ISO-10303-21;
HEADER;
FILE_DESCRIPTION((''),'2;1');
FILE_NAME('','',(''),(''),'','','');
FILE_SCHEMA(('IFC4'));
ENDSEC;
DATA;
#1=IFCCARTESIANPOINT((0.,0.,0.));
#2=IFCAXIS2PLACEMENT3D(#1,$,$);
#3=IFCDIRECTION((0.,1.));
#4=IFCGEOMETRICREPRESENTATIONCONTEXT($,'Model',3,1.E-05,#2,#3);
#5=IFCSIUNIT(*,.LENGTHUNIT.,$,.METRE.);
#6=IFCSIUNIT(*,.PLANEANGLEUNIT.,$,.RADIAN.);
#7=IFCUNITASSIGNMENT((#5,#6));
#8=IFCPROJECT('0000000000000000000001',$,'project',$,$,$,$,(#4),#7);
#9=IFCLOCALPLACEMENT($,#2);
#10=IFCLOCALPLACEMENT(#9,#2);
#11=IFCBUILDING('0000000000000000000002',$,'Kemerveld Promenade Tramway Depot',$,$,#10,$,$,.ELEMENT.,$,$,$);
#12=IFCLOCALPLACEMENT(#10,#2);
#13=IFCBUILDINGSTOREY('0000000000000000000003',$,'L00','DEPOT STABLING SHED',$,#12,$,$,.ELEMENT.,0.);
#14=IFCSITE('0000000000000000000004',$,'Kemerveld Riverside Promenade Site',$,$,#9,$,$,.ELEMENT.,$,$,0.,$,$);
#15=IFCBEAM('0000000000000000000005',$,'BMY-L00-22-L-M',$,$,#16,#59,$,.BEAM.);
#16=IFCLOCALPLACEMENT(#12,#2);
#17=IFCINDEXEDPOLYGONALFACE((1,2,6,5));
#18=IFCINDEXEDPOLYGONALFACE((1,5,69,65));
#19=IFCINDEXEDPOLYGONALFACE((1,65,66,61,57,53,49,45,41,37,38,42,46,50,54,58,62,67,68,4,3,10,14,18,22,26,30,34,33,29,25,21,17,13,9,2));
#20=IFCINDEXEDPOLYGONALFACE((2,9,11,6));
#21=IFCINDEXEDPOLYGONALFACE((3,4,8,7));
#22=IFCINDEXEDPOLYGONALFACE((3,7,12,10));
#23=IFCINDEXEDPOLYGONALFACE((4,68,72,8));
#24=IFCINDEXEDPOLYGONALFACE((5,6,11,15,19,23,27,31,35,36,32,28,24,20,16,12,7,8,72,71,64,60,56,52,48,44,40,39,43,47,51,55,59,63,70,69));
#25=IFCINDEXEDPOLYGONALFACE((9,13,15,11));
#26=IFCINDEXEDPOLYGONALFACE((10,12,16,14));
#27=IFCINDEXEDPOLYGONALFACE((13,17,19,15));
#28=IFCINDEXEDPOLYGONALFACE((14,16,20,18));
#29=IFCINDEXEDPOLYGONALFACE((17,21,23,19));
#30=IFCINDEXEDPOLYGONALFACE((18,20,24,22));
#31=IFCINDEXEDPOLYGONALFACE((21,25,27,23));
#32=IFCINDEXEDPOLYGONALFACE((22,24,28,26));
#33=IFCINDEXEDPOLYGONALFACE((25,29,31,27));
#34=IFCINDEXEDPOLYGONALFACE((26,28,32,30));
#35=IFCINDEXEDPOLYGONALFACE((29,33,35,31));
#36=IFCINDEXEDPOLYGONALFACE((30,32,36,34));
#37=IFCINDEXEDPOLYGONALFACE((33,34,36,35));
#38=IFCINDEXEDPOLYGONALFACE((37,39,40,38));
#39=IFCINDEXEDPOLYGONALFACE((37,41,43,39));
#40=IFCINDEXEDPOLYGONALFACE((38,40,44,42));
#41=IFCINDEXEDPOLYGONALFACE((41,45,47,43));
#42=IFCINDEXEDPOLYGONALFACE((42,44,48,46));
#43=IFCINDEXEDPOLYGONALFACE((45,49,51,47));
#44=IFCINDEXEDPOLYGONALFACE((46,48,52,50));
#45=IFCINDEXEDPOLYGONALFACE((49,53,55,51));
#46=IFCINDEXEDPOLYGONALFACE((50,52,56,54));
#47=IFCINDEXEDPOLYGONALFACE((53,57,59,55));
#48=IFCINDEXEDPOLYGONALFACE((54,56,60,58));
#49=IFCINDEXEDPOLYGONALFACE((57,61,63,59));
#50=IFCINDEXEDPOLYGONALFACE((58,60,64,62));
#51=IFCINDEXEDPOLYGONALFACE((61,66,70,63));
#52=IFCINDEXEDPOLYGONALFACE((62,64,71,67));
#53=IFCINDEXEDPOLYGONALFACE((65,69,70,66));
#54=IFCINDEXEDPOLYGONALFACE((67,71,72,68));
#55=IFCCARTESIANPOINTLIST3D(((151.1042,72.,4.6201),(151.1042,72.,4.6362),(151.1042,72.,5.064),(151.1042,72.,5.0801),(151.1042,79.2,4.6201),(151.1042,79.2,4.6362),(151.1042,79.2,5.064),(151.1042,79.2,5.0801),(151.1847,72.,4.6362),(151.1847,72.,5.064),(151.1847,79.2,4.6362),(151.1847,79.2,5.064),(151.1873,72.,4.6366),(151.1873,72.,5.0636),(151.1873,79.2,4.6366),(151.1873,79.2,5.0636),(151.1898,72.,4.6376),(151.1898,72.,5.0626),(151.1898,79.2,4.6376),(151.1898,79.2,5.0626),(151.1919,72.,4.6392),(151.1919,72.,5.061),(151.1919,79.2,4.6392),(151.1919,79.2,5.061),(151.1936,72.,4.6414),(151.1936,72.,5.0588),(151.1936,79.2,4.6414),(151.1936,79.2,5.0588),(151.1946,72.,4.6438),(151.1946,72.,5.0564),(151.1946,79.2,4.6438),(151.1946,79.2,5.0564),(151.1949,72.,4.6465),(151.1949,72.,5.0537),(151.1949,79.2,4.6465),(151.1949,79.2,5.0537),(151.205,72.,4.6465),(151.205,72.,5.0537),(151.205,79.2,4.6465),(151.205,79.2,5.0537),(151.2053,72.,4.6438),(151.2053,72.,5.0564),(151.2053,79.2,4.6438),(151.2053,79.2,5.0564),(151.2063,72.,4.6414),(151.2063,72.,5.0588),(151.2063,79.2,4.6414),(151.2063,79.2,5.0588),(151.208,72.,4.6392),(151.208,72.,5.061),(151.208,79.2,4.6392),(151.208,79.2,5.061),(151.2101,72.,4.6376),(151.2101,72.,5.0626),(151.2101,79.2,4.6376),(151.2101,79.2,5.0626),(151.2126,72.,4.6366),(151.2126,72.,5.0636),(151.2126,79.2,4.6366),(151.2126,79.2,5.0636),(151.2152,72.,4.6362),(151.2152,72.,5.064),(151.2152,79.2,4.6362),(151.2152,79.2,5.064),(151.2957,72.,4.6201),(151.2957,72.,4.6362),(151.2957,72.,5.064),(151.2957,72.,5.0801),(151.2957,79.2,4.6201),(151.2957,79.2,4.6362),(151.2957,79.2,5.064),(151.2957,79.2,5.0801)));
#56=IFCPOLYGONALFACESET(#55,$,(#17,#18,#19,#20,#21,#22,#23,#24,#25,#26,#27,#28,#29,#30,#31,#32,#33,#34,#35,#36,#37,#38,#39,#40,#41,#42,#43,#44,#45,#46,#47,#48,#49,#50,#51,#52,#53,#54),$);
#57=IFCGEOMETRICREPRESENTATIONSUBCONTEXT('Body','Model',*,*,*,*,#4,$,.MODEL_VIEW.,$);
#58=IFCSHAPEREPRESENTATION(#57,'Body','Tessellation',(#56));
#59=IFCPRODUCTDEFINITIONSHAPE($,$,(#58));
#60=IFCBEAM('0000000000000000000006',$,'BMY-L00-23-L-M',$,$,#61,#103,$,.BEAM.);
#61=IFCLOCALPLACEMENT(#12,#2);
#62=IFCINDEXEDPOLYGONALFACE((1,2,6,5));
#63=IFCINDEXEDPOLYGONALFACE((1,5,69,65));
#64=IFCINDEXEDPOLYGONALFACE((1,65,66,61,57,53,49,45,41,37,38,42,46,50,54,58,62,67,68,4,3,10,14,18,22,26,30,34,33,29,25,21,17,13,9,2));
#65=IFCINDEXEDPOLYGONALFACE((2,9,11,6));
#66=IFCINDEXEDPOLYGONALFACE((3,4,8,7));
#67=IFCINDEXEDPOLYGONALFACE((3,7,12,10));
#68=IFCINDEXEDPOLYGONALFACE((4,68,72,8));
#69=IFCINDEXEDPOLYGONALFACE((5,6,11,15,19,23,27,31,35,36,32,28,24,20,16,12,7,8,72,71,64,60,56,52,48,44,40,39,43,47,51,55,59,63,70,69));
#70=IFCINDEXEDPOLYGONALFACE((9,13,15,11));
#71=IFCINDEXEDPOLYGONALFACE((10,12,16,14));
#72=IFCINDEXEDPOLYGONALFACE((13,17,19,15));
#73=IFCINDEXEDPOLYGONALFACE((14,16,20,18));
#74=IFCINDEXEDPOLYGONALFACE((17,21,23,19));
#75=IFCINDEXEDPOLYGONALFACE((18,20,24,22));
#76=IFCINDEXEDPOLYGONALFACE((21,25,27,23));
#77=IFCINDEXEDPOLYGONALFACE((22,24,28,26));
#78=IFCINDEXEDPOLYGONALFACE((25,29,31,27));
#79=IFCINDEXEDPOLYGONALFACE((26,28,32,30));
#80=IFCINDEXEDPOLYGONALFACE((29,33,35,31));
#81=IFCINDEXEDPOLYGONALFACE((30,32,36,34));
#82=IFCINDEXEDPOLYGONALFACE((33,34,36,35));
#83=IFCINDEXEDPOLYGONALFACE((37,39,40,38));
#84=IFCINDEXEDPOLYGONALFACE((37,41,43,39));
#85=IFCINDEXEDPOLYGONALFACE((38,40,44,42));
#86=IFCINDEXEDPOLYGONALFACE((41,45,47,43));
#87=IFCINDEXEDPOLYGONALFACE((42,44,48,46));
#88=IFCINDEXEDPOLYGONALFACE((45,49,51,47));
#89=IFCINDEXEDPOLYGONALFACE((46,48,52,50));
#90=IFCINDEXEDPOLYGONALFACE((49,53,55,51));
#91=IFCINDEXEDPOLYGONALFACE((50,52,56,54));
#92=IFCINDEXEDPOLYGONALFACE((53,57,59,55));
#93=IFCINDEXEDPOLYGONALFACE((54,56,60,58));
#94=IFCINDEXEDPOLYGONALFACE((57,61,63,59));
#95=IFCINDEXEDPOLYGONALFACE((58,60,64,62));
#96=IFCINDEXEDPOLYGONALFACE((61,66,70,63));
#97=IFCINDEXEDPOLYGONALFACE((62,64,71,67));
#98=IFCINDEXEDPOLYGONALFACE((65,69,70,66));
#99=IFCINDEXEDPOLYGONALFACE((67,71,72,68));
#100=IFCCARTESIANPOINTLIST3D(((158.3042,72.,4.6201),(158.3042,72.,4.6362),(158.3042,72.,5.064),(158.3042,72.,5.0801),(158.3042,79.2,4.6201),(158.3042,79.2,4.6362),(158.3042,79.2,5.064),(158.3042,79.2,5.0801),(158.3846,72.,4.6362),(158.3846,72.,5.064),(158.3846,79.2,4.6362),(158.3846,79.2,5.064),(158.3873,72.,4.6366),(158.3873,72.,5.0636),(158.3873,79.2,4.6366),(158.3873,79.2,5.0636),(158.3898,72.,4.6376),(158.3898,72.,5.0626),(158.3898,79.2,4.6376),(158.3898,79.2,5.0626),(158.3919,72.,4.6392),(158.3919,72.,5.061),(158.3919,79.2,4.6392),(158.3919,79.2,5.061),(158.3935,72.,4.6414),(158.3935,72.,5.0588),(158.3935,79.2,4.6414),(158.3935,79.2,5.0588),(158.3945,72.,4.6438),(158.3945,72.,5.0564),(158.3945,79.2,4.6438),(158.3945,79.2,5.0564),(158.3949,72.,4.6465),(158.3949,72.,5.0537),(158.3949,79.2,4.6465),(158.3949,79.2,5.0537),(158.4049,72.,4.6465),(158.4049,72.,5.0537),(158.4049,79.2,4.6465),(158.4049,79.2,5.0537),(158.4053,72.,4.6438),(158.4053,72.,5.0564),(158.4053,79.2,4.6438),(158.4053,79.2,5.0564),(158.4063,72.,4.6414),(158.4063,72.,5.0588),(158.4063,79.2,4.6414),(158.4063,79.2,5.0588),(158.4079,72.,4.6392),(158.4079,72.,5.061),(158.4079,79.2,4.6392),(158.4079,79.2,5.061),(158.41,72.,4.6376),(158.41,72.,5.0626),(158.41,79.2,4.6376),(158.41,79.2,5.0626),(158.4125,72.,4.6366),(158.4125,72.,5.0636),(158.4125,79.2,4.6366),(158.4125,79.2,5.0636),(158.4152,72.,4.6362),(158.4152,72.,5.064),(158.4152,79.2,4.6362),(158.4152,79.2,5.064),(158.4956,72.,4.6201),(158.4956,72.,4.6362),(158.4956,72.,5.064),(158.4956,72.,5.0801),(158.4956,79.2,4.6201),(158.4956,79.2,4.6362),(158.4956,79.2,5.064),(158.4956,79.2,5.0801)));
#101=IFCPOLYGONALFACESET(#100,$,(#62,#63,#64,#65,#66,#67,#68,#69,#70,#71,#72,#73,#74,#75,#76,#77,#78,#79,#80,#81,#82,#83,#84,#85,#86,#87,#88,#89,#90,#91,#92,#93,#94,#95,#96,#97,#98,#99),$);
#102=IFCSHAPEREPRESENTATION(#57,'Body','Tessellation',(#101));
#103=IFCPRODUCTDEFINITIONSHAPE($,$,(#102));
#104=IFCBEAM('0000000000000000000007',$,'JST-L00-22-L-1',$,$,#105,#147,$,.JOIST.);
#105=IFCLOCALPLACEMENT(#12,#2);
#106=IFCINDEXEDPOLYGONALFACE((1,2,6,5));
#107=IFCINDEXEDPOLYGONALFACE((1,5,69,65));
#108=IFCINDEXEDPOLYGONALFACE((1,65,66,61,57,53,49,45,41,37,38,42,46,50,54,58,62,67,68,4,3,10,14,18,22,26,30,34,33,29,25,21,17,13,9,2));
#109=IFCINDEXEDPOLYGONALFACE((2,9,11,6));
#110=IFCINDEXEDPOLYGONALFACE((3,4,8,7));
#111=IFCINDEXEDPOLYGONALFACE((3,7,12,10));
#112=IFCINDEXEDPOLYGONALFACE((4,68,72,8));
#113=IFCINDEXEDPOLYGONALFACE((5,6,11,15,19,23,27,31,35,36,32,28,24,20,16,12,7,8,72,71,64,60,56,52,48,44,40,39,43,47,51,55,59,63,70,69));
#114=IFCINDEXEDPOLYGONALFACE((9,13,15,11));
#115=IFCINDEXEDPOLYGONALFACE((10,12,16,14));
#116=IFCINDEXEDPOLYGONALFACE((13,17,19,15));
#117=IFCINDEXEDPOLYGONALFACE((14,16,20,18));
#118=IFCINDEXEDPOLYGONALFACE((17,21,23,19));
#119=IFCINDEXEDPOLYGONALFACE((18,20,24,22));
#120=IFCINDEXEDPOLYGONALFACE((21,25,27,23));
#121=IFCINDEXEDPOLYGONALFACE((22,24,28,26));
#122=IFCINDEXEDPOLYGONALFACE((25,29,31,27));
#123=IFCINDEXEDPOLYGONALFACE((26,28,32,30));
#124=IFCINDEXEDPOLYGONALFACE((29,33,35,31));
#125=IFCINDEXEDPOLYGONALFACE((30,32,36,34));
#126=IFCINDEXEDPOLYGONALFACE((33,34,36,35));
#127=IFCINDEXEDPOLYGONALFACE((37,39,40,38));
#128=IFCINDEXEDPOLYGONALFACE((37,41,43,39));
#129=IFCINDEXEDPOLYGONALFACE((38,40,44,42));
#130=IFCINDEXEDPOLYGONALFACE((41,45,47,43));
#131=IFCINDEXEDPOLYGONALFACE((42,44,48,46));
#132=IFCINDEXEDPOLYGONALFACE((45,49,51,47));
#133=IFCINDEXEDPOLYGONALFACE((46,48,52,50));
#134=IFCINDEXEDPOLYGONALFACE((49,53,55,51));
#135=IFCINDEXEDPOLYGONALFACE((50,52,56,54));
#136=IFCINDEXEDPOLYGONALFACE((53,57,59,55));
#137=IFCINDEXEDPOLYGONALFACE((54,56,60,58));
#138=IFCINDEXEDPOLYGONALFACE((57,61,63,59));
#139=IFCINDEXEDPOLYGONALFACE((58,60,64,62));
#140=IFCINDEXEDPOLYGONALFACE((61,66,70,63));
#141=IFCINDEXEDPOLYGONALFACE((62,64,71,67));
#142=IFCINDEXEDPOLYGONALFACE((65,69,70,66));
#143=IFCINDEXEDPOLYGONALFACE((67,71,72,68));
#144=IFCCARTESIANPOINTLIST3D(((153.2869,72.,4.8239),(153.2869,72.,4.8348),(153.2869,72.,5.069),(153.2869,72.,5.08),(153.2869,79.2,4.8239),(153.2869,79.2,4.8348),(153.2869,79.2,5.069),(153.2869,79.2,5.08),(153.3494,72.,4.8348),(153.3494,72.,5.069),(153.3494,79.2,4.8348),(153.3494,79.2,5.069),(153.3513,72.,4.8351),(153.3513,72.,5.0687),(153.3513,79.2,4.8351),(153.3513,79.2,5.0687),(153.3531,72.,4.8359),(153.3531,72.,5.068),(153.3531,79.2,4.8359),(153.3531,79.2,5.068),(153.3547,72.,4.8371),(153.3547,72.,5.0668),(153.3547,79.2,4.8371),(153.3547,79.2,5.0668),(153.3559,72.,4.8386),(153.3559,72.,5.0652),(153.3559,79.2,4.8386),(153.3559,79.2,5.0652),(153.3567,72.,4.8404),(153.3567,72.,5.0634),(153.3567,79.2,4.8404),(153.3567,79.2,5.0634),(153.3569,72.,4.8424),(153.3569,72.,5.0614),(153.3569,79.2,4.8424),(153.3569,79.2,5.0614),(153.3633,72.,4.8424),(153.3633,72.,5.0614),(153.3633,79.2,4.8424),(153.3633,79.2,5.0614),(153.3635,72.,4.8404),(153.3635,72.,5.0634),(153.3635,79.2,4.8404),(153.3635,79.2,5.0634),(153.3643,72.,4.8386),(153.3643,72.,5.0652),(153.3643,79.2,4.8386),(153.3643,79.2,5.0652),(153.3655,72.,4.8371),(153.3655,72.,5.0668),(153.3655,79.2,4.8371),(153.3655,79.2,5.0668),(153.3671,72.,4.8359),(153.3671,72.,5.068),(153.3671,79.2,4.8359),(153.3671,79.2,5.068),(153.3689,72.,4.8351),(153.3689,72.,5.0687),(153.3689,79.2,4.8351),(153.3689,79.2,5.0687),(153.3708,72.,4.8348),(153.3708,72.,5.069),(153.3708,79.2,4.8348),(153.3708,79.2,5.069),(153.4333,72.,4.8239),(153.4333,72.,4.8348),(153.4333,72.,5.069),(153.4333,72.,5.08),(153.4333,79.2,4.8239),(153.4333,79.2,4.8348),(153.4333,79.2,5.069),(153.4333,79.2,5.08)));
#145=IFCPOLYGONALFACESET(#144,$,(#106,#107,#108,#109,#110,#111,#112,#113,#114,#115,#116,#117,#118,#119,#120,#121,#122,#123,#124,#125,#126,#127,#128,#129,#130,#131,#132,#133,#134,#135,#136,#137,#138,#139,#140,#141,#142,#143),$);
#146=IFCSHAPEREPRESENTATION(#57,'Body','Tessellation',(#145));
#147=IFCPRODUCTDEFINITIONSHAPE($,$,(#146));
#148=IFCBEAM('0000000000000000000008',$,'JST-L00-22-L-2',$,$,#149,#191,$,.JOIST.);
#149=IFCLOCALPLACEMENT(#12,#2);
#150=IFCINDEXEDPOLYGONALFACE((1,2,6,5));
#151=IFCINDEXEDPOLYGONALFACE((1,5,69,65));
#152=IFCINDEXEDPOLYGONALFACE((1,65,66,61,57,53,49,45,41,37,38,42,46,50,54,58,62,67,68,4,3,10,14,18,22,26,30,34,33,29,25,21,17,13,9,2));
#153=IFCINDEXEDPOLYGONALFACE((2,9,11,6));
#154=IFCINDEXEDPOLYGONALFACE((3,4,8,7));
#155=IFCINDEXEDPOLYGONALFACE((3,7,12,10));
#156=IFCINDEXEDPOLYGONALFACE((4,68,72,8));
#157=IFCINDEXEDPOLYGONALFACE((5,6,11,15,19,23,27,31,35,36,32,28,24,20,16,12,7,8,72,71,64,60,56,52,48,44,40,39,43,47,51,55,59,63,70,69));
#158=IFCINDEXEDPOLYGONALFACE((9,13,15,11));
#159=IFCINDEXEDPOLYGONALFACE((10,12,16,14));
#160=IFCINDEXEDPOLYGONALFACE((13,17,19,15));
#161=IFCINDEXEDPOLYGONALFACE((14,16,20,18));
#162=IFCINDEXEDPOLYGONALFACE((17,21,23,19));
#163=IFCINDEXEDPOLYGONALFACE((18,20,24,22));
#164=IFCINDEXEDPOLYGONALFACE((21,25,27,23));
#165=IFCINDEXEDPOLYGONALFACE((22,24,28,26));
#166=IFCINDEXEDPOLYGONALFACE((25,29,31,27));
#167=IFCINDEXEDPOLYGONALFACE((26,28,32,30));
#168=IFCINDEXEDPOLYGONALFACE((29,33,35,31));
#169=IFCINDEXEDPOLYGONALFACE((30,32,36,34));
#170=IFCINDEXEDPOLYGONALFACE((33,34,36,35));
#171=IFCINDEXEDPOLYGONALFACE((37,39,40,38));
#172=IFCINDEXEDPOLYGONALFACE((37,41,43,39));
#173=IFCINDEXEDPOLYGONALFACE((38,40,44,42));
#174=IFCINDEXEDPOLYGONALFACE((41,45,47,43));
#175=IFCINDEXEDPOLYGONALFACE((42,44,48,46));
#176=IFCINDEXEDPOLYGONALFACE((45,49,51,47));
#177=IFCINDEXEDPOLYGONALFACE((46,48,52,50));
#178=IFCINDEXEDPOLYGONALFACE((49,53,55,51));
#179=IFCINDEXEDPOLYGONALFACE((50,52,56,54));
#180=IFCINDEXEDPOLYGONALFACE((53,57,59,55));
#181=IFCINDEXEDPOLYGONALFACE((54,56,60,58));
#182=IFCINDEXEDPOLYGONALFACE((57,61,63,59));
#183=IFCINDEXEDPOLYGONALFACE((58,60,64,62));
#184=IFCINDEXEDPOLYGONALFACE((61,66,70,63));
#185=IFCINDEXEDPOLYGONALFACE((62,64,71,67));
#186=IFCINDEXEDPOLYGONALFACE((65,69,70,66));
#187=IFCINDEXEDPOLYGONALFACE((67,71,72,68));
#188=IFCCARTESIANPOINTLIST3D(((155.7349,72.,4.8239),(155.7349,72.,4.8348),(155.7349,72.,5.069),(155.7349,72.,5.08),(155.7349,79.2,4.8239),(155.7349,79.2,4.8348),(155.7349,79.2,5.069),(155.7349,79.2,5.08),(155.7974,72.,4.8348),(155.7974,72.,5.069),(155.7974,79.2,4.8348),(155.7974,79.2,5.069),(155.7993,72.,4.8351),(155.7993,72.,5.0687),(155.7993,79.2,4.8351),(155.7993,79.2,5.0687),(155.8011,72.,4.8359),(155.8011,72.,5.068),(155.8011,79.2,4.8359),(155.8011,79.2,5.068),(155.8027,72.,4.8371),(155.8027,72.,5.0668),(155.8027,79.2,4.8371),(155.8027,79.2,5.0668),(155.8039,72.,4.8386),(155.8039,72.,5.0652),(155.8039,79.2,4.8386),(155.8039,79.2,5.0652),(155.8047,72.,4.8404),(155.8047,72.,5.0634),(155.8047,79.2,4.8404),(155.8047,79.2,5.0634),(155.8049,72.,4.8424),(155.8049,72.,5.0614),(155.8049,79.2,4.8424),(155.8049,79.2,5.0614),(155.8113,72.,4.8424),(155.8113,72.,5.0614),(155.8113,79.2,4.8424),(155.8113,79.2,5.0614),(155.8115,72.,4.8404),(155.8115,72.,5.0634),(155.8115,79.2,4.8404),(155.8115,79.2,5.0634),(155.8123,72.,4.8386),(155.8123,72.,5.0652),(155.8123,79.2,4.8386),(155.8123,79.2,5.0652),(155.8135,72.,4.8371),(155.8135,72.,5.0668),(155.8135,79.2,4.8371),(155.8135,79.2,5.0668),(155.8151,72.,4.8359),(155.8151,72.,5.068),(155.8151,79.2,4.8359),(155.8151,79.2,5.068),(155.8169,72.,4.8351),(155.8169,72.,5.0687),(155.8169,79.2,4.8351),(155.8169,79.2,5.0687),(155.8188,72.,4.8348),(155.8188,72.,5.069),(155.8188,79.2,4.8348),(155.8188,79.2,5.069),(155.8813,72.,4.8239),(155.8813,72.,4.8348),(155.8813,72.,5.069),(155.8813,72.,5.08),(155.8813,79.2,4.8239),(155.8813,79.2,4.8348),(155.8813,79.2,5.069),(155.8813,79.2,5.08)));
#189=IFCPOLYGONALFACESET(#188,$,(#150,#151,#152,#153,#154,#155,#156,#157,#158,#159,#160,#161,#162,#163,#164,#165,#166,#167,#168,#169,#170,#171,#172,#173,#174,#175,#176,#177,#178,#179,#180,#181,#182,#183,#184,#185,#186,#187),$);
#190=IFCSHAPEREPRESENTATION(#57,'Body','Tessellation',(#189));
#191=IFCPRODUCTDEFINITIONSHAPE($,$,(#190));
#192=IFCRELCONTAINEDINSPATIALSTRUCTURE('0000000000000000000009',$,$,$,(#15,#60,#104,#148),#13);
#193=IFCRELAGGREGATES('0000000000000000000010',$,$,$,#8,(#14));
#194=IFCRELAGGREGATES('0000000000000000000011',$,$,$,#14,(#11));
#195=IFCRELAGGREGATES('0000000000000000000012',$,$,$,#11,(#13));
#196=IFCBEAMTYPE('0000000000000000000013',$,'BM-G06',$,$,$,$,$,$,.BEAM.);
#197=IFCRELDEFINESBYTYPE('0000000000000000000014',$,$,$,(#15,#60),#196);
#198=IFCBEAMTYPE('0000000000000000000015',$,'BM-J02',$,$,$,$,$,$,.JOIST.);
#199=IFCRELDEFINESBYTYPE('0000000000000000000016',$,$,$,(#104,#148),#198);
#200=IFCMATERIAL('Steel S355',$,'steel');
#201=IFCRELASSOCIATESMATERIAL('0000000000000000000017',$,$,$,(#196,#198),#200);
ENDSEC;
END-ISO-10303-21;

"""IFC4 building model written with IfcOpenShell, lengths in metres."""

from ifc_helpers import new_model, si_unit, direction, frame, origin, origin_2d, place, context, subcontext, project, spatial, i_section, extrude, material, material_profile, profile_set, type_object, element, save


model = new_model("IFC4")

# Units and contexts
model_context = context("Model", 3, precision=1e-05, world=origin(), true_north=direction((0.0, 1.0)))
body_context = subcontext(model_context, "Body", "Model", "MODEL_VIEW")
ifc_project = project(units=[si_unit("LENGTHUNIT", "METRE"), si_unit("PLANEANGLEUNIT", "RADIAN")], contexts=[model_context])

# Site, building, storey
site_placement = place(None, origin())
site = spatial("IfcSite", under=ifc_project, at=site_placement, Name="Kemerveld Riverside Promenade Site", CompositionType="ELEMENT", RefElevation=0.0)
building_placement = place(site_placement, origin())
building = spatial("IfcBuilding", under=site, at=building_placement, Name="Kemerveld Promenade Tramway Depot", CompositionType="ELEMENT")
storey_placement = place(building_placement, origin())
storey = spatial("IfcBuildingStorey", under=building, at=storey_placement, Name="L00", Description="DEPOT STABLING SHED", CompositionType="ELEMENT", Elevation=0.0)

# Shared definitions
ifc_material_1 = material(Name="Steel S355", Category="steel")

# Beams
ifc_material_profile_1 = material_profile(ifc_material_1, i_section(OverallWidth=0.1914, OverallDepth=0.46, WebThickness=0.01, FlangeThickness=0.0161, FilletRadius=0.0103, at=origin_2d()), Name="457x191x82 UB")
ifc_profile_set_1 = profile_set([ifc_material_profile_1], Name="Steel S355")
beam_type_1 = type_object("IfcBeamType", Name="BM-G06", PredefinedType="BEAM", material=ifc_profile_set_1)
for number, where, z_axis, x_axis, name in (
    (1, (151.2, 72.0, 4.8501), (0.0, 1.0, 0.0), (-1.0, 0.0, 0.0), "BMY-L00-22-L-M"),
    (2, (158.3999, 72.0, 4.8501), (0.0, 1.0, 0.0), (-1.0, 0.0, 0.0), "BMY-L00-23-L-M"),
):
    element("IfcBeam", number, at=place(storey_placement, frame(where, z_axis=z_axis, x_axis=x_axis)), inside=storey, type_object=beam_type_1, Name=name, PredefinedType="BEAM", context=body_context, shape_type="SweptSolid", body=[
        extrude(i_section(OverallWidth=0.1914, OverallDepth=0.46, WebThickness=0.01, FlangeThickness=0.0161, FilletRadius=0.0103, at=origin_2d()), origin(), (0.0, 0.0, 1.0), 7.2),
    ])
ifc_material_profile_2 = material_profile(ifc_material_1, i_section(OverallWidth=0.1465, OverallDepth=0.2561, WebThickness=0.0063, FlangeThickness=0.011, FilletRadius=0.0076, at=origin_2d()), Name="254x146x37 UB")
ifc_profile_set_2 = profile_set([ifc_material_profile_2], Name="Steel S355")
beam_type_2 = type_object("IfcBeamType", Name="BM-J02", PredefinedType="JOIST", material=ifc_profile_set_2)
for number, where, z_axis, x_axis, name in (
    (3, (153.3601, 72.0, 4.9519), (0.0, 1.0, 0.0), (-1.0, 0.0, 0.0), "JST-L00-22-L-1"),
    (4, (155.8081, 72.0, 4.9519), (0.0, 1.0, 0.0), (-1.0, 0.0, 0.0), "JST-L00-22-L-2"),
):
    element("IfcBeam", number, at=place(storey_placement, frame(where, z_axis=z_axis, x_axis=x_axis)), inside=storey, type_object=beam_type_2, Name=name, PredefinedType="JOIST", context=body_context, shape_type="SweptSolid", body=[
        extrude(i_section(OverallWidth=0.1465, OverallDepth=0.2561, WebThickness=0.0063, FlangeThickness=0.011, FilletRadius=0.0076, at=origin_2d()), origin(), (0.0, 0.0, 1.0), 7.2),
    ])

save(model, "model.ifc")
